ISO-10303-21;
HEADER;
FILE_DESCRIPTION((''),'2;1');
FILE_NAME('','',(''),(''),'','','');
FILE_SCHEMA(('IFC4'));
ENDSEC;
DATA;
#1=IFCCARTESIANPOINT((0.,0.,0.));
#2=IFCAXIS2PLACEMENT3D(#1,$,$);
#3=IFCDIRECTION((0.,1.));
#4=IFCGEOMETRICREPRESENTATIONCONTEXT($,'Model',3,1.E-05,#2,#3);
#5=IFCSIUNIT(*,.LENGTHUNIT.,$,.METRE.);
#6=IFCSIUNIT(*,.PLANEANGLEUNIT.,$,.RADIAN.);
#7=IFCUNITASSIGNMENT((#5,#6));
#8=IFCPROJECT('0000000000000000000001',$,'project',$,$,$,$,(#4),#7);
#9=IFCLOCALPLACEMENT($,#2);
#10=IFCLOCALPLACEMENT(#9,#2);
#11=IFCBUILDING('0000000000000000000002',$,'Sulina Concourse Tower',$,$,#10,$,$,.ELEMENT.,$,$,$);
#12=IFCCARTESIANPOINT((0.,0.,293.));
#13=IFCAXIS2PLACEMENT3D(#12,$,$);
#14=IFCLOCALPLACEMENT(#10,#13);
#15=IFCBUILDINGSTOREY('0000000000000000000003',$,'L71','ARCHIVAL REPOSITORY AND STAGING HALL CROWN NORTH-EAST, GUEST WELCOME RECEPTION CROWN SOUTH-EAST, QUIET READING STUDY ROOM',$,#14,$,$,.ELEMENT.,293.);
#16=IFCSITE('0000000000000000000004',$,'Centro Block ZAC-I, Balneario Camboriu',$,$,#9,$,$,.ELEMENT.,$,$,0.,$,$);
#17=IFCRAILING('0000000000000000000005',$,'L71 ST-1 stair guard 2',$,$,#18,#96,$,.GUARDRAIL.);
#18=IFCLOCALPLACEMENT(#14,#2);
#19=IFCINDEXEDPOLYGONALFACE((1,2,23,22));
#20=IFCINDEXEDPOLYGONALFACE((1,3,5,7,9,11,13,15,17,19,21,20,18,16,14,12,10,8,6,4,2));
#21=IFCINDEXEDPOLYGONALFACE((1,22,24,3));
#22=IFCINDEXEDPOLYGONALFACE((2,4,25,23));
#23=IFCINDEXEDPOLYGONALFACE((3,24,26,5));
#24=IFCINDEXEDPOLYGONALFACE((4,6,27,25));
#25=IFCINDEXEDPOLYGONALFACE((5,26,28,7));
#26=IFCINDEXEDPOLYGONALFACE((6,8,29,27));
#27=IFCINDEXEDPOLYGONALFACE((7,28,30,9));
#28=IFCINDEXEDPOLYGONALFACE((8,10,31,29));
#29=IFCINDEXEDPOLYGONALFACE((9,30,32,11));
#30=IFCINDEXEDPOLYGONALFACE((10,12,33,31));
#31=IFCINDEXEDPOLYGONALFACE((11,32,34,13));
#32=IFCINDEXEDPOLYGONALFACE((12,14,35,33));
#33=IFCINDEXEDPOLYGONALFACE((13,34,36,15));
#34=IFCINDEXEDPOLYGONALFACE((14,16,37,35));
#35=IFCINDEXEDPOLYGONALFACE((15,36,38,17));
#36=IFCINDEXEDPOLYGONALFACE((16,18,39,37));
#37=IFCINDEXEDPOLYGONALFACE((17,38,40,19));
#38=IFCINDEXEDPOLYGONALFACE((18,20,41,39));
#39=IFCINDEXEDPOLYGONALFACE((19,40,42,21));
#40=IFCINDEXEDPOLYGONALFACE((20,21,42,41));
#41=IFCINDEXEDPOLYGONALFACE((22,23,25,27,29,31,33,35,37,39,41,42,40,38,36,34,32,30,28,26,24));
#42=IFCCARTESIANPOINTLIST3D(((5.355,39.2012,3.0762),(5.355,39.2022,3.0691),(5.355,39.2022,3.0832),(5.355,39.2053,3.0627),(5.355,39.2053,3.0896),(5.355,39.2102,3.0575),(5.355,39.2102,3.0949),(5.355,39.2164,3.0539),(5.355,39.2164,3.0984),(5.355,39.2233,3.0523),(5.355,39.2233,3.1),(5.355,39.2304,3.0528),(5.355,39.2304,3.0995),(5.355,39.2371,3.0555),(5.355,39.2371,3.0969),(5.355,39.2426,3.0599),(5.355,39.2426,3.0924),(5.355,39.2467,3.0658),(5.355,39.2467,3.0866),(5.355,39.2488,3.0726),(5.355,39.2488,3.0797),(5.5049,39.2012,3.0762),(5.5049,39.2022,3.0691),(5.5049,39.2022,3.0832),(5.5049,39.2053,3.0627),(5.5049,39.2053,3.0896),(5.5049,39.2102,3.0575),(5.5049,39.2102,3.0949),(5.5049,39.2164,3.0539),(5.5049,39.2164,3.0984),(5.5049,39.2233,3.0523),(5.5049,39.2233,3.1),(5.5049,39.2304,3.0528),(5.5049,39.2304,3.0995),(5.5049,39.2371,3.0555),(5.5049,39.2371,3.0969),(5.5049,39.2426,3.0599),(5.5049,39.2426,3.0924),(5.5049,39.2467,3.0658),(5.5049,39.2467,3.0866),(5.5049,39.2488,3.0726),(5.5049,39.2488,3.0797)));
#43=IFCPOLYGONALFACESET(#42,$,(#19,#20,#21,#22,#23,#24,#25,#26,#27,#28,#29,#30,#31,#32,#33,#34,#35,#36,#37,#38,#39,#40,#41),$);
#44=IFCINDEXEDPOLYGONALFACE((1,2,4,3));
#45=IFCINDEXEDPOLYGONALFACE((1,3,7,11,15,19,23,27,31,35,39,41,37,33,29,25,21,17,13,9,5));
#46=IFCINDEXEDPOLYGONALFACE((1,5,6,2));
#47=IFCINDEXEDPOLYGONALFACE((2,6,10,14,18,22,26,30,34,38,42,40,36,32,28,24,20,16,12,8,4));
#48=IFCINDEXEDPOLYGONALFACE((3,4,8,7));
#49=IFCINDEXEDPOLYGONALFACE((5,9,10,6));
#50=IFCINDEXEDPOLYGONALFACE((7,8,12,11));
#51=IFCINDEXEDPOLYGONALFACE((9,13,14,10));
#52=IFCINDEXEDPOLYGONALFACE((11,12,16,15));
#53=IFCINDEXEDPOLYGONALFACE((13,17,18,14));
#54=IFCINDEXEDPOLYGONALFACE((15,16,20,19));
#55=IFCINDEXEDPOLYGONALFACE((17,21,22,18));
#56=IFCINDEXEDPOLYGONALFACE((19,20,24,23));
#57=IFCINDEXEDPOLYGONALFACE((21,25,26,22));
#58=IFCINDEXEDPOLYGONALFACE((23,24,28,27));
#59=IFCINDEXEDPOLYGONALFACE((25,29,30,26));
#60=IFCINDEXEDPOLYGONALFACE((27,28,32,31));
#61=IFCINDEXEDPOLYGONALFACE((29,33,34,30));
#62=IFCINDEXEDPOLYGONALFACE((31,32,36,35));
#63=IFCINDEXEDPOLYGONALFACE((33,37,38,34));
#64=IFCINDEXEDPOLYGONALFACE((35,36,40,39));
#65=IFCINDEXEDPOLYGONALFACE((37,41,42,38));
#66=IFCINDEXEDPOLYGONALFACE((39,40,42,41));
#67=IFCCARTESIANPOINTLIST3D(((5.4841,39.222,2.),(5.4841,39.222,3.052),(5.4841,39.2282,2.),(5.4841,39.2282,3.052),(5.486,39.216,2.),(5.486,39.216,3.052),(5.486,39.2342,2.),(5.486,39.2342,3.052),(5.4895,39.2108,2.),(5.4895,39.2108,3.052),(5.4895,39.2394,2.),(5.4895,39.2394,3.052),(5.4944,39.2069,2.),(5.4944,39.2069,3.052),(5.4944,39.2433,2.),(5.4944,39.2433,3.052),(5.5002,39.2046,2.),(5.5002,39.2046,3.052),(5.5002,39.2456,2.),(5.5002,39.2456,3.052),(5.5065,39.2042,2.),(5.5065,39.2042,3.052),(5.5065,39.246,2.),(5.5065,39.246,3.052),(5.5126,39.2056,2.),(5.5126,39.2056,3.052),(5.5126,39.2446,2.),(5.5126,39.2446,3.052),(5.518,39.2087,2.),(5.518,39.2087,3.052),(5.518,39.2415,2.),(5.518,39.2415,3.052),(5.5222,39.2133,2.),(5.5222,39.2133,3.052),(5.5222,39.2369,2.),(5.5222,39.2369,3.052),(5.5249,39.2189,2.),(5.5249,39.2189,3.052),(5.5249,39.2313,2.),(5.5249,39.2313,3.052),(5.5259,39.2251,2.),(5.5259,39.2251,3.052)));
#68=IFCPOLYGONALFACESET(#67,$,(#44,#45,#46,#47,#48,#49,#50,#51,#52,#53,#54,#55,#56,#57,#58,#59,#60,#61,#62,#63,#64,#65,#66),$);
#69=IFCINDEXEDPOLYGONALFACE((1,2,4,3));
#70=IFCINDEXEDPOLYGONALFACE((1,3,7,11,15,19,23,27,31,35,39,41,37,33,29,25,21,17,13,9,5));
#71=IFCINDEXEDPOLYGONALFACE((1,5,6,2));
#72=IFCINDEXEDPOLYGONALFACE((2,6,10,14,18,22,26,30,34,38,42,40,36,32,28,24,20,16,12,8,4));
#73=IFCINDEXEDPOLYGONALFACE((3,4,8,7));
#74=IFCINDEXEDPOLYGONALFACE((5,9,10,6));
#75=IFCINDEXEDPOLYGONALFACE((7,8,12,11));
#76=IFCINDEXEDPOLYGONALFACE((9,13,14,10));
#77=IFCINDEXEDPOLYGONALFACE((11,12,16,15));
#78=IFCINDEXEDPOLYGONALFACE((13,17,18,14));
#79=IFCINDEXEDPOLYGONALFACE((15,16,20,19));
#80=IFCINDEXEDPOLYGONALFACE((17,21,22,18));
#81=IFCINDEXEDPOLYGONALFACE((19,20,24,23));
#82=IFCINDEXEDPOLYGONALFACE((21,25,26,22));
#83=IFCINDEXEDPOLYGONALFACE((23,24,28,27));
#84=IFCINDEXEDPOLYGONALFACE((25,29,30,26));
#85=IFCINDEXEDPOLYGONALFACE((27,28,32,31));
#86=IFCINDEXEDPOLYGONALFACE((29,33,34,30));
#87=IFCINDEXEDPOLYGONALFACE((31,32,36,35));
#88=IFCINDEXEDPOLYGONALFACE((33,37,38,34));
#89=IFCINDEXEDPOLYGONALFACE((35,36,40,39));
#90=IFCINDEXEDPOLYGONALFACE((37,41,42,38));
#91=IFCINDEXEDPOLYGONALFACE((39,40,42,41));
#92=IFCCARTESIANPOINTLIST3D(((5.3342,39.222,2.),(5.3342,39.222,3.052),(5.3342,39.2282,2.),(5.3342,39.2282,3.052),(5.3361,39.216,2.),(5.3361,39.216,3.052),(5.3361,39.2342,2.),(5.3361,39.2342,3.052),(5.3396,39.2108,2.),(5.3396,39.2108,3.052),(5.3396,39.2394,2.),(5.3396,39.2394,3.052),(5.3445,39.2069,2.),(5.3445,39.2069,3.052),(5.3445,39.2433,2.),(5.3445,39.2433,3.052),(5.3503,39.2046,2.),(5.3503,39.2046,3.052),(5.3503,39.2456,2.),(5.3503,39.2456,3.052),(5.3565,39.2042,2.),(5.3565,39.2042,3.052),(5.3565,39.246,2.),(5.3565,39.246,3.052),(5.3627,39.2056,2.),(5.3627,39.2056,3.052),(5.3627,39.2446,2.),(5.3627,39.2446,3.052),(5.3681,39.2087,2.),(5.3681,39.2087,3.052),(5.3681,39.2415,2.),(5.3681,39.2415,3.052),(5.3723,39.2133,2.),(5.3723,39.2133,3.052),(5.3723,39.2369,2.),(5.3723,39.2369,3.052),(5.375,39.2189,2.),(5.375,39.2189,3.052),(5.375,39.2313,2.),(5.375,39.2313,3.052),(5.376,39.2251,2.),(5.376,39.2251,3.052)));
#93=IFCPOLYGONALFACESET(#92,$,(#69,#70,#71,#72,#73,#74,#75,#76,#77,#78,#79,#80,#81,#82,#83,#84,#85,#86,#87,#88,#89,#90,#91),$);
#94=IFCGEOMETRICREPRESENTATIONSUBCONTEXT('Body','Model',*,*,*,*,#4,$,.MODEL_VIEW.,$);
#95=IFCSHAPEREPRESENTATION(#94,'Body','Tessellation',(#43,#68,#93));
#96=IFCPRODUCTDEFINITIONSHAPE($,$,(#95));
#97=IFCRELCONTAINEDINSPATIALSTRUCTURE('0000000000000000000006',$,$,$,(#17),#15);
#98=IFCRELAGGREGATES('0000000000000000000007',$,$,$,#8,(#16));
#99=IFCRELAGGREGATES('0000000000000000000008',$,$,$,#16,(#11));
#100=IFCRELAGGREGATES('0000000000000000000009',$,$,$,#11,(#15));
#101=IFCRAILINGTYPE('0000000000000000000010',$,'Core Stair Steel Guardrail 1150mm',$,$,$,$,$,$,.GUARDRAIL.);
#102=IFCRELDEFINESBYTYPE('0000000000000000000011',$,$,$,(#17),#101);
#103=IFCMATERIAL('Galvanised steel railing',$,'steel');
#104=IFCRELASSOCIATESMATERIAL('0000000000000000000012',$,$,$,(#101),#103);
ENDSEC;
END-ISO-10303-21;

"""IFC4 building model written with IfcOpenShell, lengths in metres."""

from ifc_helpers import new_model, si_unit, direction, frame, origin, origin_2d, place, context, subcontext, project, spatial, circle, extrude, material, type_object, element, save


model = new_model("IFC4")

# Units and contexts
model_context = context("Model", 3, precision=1e-05, world=origin(), true_north=direction((0.0, 1.0)))
body_context = subcontext(model_context, "Body", "Model", "MODEL_VIEW")
ifc_project = project(units=[si_unit("LENGTHUNIT", "METRE"), si_unit("PLANEANGLEUNIT", "RADIAN")], contexts=[model_context])

# Site, building, storey
site_placement = place(None, origin())
site = spatial("IfcSite", under=ifc_project, at=site_placement, Name="Centro Block ZAC-I, Balneario Camboriu", CompositionType="ELEMENT", RefElevation=0.0)
building_placement = place(site_placement, origin())
building = spatial("IfcBuilding", under=site, at=building_placement, Name="Sulina Concourse Tower", CompositionType="ELEMENT")
storey_placement = place(building_placement, frame((0.0, 0.0, 293.0)))
storey = spatial("IfcBuildingStorey", under=building, at=storey_placement, Name="L71", Description="ARCHIVAL REPOSITORY AND STAGING HALL CROWN NORTH-EAST, GUEST WELCOME RECEPTION CROWN SOUTH-EAST, QUIET READING STUDY ROOM", CompositionType="ELEMENT", Elevation=293.0)

# Railing
ifc_material_1 = material(Name="Galvanised steel railing", Category="steel")
railing_type_1 = type_object("IfcRailingType", Name="Core Stair Steel Guardrail 1150mm", PredefinedType="GUARDRAIL", material=ifc_material_1)
railing_1_placement = place(storey_placement, frame((5.5049, 39.2251, 2.0)))
element("IfcRailing", 1, at=railing_1_placement, inside=storey, type_object=railing_type_1, Name="L71 ST-1 stair guard 2", PredefinedType="GUARDRAIL", context=body_context, shape_type="SweptSolid", body=[
    extrude(circle(Radius=0.0239, at=origin_2d()), frame((0.0, 0.0, 1.0762), z_axis=(-1.0, 0.0, 0.0), x_axis=(0.0, -1.0, 0.0)), (0.0, 0.0, 1.0), 0.1499),
    extrude(circle(Radius=0.021, at=origin_2d()), origin(), (0.0, 0.0, 1.0), 1.052),
    extrude(circle(Radius=0.021, at=origin_2d()), frame((-0.1499, 0.0, 0.0)), (0.0, 0.0, 1.0), 1.052),
])

save(model, "model.ifc")
